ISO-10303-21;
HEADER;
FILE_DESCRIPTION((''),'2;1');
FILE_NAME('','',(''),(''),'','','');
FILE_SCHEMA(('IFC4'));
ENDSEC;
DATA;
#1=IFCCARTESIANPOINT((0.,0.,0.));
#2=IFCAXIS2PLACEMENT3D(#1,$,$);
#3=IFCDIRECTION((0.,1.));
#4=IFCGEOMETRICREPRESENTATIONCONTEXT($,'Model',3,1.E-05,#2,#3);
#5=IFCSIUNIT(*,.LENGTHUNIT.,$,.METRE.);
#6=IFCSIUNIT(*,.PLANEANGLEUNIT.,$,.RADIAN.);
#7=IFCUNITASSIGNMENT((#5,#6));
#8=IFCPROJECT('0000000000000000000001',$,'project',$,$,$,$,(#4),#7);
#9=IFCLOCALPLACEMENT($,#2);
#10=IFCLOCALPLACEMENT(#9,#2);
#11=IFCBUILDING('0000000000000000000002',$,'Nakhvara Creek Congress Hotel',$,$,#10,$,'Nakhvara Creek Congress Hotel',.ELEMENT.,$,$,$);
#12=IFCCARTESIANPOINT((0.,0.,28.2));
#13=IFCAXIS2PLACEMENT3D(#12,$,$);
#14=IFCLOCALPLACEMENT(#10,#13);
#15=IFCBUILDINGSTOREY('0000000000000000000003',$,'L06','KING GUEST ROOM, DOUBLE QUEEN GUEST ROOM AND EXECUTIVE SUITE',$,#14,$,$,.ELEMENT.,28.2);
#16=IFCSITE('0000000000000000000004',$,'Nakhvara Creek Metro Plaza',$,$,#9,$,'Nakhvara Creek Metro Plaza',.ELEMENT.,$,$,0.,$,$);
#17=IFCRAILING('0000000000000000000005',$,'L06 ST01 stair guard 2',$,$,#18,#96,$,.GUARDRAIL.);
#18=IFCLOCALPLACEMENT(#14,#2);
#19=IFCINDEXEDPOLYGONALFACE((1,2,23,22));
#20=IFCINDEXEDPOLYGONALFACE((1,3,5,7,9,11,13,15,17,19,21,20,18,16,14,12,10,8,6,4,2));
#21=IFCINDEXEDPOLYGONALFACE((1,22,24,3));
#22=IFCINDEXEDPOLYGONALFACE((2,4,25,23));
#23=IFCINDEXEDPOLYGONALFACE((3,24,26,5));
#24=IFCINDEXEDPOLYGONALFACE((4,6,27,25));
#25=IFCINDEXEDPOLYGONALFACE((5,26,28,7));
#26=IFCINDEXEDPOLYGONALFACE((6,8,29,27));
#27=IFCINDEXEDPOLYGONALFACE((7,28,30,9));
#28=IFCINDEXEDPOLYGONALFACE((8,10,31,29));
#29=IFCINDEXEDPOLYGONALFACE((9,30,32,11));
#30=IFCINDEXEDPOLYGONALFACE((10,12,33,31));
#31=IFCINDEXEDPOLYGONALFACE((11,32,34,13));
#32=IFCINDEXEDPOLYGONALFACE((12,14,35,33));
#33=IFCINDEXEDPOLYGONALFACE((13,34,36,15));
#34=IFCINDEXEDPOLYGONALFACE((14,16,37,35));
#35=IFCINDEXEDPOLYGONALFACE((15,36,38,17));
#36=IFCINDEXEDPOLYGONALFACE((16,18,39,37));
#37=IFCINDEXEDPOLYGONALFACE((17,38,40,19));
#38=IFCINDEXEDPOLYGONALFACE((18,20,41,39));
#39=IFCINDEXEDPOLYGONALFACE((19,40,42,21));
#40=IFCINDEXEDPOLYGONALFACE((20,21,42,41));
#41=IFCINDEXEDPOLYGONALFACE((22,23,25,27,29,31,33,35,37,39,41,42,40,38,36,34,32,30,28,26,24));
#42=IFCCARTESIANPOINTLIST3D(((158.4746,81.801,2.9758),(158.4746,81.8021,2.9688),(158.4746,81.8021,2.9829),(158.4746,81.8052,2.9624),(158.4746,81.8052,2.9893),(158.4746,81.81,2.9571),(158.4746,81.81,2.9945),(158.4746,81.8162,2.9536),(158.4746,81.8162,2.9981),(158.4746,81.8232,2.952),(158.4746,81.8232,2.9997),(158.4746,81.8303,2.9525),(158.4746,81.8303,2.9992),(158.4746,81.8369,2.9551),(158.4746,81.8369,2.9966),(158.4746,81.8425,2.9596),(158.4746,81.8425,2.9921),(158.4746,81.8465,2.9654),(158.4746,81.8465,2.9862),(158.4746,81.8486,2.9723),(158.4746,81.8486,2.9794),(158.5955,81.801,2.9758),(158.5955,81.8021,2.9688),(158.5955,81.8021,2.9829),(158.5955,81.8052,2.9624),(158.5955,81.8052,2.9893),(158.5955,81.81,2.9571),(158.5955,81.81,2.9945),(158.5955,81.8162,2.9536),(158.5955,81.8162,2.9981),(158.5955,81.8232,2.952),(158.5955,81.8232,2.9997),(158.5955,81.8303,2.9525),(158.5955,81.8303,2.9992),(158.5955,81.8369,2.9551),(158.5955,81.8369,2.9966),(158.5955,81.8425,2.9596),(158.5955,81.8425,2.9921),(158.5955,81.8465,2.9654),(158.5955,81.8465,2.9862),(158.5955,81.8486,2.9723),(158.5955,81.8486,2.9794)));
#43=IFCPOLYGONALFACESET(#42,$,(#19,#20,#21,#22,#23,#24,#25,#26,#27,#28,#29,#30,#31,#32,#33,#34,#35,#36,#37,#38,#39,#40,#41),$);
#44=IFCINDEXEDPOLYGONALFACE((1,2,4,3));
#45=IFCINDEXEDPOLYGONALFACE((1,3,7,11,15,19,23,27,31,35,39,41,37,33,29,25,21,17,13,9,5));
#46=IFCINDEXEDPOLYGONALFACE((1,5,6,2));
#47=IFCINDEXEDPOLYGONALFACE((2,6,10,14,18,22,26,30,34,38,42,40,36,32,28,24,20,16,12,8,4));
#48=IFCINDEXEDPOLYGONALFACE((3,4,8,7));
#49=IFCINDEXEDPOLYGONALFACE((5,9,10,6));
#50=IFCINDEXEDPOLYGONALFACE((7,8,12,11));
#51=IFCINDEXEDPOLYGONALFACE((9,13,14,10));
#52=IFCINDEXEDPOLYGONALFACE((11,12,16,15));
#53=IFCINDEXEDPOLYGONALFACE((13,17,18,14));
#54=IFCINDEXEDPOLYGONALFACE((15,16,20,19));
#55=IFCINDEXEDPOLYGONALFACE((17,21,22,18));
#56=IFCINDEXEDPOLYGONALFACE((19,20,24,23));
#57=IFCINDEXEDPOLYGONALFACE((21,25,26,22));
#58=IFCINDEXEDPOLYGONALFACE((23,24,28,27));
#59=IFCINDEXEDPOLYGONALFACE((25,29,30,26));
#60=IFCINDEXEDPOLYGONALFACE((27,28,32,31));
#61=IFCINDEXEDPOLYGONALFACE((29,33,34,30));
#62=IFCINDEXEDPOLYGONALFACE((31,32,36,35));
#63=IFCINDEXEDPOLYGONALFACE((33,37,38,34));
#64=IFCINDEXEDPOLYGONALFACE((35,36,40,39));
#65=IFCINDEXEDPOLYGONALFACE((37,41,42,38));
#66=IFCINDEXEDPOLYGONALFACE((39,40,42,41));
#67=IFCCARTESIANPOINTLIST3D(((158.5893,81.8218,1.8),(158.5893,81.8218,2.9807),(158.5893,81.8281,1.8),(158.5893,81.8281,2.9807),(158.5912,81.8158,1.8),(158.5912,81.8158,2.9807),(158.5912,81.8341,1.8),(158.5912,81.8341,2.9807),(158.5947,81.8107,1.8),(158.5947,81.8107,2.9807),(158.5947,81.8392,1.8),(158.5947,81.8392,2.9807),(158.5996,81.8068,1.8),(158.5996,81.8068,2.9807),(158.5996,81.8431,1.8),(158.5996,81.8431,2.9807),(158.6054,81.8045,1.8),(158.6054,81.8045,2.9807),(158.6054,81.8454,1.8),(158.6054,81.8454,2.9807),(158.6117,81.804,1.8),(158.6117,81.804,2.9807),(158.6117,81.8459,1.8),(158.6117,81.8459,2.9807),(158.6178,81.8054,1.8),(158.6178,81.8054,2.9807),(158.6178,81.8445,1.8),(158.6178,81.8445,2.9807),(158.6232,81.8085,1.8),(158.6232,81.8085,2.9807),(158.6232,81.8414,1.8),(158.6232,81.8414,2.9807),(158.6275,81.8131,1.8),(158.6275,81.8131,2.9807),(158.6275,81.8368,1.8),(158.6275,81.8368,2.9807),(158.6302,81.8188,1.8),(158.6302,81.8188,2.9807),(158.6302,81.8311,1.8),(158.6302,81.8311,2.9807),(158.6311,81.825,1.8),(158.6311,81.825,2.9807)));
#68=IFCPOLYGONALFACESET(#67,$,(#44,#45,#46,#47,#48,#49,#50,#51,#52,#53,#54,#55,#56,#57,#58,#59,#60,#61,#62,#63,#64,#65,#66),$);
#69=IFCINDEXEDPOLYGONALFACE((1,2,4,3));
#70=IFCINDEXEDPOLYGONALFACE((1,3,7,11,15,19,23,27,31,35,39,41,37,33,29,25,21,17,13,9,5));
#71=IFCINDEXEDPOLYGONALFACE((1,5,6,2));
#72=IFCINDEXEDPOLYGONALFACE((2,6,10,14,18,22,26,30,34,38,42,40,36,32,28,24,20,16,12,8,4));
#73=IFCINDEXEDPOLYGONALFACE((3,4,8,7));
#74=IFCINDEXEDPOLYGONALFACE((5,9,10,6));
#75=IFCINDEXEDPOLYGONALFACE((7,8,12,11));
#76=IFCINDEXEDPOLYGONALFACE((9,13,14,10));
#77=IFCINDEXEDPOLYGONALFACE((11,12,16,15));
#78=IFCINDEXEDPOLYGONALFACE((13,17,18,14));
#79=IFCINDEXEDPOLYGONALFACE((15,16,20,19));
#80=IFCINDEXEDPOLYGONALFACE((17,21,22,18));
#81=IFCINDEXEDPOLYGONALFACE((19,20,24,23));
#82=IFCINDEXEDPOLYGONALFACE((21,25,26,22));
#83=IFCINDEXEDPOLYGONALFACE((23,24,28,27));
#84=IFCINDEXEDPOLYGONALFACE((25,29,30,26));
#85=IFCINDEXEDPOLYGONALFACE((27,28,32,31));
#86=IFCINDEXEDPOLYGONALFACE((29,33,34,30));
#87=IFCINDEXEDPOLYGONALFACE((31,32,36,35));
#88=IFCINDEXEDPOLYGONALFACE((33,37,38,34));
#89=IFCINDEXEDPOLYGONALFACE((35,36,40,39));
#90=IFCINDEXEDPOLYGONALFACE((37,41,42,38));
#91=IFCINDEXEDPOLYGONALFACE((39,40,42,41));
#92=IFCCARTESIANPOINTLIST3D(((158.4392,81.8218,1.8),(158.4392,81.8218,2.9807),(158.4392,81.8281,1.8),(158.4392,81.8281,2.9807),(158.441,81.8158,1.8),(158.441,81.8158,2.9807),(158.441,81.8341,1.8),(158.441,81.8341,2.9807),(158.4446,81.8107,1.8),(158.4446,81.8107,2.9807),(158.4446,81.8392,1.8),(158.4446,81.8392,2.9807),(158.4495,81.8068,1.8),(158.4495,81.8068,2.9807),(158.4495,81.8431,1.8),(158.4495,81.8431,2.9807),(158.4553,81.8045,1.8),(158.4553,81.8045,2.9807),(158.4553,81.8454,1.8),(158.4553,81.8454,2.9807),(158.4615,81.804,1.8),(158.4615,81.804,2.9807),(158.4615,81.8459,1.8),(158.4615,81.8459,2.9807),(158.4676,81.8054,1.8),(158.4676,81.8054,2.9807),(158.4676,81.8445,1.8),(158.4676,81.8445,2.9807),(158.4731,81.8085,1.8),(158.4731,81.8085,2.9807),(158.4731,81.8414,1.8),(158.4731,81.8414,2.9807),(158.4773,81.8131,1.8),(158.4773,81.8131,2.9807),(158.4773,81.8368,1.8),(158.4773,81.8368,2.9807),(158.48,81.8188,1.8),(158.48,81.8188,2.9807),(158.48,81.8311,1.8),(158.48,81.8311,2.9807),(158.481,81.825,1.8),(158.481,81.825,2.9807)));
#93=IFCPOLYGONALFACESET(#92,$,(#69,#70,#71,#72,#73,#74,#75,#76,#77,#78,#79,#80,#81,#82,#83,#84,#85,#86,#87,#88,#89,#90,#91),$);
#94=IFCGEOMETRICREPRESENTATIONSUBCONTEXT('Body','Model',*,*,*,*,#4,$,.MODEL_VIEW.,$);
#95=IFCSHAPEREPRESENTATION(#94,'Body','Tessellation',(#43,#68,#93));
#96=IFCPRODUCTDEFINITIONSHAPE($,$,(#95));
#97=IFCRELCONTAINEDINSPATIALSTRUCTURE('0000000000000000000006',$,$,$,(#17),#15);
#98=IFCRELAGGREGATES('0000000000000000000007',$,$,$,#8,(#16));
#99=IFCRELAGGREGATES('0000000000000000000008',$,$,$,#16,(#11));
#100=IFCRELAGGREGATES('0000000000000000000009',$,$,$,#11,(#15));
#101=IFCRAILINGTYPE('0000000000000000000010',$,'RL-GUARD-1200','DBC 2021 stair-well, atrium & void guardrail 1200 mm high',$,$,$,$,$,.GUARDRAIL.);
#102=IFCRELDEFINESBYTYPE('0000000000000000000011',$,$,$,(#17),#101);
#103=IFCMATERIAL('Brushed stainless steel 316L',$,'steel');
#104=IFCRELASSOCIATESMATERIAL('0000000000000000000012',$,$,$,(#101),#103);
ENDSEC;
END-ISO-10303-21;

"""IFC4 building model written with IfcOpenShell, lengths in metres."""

from ifc_helpers import new_model, si_unit, direction, frame, origin, origin_2d, place, context, subcontext, project, spatial, circle, extrude, material, type_object, element, save


model = new_model("IFC4")

# Units and contexts
model_context = context("Model", 3, precision=1e-05, world=origin(), true_north=direction((0.0, 1.0)))
body_context = subcontext(model_context, "Body", "Model", "MODEL_VIEW")
ifc_project = project(units=[si_unit("LENGTHUNIT", "METRE"), si_unit("PLANEANGLEUNIT", "RADIAN")], contexts=[model_context])

# Site, building, storey
site_placement = place(None, origin())
site = spatial("IfcSite", under=ifc_project, at=site_placement, Name="Nakhvara Creek Metro Plaza", LongName="Nakhvara Creek Metro Plaza", CompositionType="ELEMENT", RefElevation=0.0)
building_placement = place(site_placement, origin())
building = spatial("IfcBuilding", under=site, at=building_placement, Name="Nakhvara Creek Congress Hotel", LongName="Nakhvara Creek Congress Hotel", CompositionType="ELEMENT")
storey_placement = place(building_placement, frame((0.0, 0.0, 28.2)))
storey = spatial("IfcBuildingStorey", under=building, at=storey_placement, Name="L06", Description="KING GUEST ROOM, DOUBLE QUEEN GUEST ROOM AND EXECUTIVE SUITE", CompositionType="ELEMENT", Elevation=28.2)

# Railing
ifc_material_1 = material(Name="Brushed stainless steel 316L", Category="steel")
railing_type_1 = type_object("IfcRailingType", Name="RL-GUARD-1200", Description="DBC 2021 stair-well, atrium & void guardrail 1200 mm high", PredefinedType="GUARDRAIL", material=ifc_material_1)
railing_1_placement = place(storey_placement, frame((158.6101, 81.825, 1.8)))
element("IfcRailing", 1, at=railing_1_placement, inside=storey, type_object=railing_type_1, Name="L06 ST01 stair guard 2", PredefinedType="GUARDRAIL", context=body_context, shape_type="SweptSolid", body=[
    extrude(circle(Radius=0.0239, at=origin_2d()), frame((-0.0146, 0.0, 1.1758), z_axis=(-1.0, 0.0, 0.0), x_axis=(0.0, -1.0, 0.0)), (0.0, 0.0, 1.0), 0.1208),
    extrude(circle(Radius=0.021, at=origin_2d()), origin(), (0.0, 0.0, 1.0), 1.1807),
    extrude(circle(Radius=0.021, at=origin_2d()), frame((-0.1501, 0.0, 0.0)), (0.0, 0.0, 1.0), 1.1807),
])

save(model, "model.ifc")
